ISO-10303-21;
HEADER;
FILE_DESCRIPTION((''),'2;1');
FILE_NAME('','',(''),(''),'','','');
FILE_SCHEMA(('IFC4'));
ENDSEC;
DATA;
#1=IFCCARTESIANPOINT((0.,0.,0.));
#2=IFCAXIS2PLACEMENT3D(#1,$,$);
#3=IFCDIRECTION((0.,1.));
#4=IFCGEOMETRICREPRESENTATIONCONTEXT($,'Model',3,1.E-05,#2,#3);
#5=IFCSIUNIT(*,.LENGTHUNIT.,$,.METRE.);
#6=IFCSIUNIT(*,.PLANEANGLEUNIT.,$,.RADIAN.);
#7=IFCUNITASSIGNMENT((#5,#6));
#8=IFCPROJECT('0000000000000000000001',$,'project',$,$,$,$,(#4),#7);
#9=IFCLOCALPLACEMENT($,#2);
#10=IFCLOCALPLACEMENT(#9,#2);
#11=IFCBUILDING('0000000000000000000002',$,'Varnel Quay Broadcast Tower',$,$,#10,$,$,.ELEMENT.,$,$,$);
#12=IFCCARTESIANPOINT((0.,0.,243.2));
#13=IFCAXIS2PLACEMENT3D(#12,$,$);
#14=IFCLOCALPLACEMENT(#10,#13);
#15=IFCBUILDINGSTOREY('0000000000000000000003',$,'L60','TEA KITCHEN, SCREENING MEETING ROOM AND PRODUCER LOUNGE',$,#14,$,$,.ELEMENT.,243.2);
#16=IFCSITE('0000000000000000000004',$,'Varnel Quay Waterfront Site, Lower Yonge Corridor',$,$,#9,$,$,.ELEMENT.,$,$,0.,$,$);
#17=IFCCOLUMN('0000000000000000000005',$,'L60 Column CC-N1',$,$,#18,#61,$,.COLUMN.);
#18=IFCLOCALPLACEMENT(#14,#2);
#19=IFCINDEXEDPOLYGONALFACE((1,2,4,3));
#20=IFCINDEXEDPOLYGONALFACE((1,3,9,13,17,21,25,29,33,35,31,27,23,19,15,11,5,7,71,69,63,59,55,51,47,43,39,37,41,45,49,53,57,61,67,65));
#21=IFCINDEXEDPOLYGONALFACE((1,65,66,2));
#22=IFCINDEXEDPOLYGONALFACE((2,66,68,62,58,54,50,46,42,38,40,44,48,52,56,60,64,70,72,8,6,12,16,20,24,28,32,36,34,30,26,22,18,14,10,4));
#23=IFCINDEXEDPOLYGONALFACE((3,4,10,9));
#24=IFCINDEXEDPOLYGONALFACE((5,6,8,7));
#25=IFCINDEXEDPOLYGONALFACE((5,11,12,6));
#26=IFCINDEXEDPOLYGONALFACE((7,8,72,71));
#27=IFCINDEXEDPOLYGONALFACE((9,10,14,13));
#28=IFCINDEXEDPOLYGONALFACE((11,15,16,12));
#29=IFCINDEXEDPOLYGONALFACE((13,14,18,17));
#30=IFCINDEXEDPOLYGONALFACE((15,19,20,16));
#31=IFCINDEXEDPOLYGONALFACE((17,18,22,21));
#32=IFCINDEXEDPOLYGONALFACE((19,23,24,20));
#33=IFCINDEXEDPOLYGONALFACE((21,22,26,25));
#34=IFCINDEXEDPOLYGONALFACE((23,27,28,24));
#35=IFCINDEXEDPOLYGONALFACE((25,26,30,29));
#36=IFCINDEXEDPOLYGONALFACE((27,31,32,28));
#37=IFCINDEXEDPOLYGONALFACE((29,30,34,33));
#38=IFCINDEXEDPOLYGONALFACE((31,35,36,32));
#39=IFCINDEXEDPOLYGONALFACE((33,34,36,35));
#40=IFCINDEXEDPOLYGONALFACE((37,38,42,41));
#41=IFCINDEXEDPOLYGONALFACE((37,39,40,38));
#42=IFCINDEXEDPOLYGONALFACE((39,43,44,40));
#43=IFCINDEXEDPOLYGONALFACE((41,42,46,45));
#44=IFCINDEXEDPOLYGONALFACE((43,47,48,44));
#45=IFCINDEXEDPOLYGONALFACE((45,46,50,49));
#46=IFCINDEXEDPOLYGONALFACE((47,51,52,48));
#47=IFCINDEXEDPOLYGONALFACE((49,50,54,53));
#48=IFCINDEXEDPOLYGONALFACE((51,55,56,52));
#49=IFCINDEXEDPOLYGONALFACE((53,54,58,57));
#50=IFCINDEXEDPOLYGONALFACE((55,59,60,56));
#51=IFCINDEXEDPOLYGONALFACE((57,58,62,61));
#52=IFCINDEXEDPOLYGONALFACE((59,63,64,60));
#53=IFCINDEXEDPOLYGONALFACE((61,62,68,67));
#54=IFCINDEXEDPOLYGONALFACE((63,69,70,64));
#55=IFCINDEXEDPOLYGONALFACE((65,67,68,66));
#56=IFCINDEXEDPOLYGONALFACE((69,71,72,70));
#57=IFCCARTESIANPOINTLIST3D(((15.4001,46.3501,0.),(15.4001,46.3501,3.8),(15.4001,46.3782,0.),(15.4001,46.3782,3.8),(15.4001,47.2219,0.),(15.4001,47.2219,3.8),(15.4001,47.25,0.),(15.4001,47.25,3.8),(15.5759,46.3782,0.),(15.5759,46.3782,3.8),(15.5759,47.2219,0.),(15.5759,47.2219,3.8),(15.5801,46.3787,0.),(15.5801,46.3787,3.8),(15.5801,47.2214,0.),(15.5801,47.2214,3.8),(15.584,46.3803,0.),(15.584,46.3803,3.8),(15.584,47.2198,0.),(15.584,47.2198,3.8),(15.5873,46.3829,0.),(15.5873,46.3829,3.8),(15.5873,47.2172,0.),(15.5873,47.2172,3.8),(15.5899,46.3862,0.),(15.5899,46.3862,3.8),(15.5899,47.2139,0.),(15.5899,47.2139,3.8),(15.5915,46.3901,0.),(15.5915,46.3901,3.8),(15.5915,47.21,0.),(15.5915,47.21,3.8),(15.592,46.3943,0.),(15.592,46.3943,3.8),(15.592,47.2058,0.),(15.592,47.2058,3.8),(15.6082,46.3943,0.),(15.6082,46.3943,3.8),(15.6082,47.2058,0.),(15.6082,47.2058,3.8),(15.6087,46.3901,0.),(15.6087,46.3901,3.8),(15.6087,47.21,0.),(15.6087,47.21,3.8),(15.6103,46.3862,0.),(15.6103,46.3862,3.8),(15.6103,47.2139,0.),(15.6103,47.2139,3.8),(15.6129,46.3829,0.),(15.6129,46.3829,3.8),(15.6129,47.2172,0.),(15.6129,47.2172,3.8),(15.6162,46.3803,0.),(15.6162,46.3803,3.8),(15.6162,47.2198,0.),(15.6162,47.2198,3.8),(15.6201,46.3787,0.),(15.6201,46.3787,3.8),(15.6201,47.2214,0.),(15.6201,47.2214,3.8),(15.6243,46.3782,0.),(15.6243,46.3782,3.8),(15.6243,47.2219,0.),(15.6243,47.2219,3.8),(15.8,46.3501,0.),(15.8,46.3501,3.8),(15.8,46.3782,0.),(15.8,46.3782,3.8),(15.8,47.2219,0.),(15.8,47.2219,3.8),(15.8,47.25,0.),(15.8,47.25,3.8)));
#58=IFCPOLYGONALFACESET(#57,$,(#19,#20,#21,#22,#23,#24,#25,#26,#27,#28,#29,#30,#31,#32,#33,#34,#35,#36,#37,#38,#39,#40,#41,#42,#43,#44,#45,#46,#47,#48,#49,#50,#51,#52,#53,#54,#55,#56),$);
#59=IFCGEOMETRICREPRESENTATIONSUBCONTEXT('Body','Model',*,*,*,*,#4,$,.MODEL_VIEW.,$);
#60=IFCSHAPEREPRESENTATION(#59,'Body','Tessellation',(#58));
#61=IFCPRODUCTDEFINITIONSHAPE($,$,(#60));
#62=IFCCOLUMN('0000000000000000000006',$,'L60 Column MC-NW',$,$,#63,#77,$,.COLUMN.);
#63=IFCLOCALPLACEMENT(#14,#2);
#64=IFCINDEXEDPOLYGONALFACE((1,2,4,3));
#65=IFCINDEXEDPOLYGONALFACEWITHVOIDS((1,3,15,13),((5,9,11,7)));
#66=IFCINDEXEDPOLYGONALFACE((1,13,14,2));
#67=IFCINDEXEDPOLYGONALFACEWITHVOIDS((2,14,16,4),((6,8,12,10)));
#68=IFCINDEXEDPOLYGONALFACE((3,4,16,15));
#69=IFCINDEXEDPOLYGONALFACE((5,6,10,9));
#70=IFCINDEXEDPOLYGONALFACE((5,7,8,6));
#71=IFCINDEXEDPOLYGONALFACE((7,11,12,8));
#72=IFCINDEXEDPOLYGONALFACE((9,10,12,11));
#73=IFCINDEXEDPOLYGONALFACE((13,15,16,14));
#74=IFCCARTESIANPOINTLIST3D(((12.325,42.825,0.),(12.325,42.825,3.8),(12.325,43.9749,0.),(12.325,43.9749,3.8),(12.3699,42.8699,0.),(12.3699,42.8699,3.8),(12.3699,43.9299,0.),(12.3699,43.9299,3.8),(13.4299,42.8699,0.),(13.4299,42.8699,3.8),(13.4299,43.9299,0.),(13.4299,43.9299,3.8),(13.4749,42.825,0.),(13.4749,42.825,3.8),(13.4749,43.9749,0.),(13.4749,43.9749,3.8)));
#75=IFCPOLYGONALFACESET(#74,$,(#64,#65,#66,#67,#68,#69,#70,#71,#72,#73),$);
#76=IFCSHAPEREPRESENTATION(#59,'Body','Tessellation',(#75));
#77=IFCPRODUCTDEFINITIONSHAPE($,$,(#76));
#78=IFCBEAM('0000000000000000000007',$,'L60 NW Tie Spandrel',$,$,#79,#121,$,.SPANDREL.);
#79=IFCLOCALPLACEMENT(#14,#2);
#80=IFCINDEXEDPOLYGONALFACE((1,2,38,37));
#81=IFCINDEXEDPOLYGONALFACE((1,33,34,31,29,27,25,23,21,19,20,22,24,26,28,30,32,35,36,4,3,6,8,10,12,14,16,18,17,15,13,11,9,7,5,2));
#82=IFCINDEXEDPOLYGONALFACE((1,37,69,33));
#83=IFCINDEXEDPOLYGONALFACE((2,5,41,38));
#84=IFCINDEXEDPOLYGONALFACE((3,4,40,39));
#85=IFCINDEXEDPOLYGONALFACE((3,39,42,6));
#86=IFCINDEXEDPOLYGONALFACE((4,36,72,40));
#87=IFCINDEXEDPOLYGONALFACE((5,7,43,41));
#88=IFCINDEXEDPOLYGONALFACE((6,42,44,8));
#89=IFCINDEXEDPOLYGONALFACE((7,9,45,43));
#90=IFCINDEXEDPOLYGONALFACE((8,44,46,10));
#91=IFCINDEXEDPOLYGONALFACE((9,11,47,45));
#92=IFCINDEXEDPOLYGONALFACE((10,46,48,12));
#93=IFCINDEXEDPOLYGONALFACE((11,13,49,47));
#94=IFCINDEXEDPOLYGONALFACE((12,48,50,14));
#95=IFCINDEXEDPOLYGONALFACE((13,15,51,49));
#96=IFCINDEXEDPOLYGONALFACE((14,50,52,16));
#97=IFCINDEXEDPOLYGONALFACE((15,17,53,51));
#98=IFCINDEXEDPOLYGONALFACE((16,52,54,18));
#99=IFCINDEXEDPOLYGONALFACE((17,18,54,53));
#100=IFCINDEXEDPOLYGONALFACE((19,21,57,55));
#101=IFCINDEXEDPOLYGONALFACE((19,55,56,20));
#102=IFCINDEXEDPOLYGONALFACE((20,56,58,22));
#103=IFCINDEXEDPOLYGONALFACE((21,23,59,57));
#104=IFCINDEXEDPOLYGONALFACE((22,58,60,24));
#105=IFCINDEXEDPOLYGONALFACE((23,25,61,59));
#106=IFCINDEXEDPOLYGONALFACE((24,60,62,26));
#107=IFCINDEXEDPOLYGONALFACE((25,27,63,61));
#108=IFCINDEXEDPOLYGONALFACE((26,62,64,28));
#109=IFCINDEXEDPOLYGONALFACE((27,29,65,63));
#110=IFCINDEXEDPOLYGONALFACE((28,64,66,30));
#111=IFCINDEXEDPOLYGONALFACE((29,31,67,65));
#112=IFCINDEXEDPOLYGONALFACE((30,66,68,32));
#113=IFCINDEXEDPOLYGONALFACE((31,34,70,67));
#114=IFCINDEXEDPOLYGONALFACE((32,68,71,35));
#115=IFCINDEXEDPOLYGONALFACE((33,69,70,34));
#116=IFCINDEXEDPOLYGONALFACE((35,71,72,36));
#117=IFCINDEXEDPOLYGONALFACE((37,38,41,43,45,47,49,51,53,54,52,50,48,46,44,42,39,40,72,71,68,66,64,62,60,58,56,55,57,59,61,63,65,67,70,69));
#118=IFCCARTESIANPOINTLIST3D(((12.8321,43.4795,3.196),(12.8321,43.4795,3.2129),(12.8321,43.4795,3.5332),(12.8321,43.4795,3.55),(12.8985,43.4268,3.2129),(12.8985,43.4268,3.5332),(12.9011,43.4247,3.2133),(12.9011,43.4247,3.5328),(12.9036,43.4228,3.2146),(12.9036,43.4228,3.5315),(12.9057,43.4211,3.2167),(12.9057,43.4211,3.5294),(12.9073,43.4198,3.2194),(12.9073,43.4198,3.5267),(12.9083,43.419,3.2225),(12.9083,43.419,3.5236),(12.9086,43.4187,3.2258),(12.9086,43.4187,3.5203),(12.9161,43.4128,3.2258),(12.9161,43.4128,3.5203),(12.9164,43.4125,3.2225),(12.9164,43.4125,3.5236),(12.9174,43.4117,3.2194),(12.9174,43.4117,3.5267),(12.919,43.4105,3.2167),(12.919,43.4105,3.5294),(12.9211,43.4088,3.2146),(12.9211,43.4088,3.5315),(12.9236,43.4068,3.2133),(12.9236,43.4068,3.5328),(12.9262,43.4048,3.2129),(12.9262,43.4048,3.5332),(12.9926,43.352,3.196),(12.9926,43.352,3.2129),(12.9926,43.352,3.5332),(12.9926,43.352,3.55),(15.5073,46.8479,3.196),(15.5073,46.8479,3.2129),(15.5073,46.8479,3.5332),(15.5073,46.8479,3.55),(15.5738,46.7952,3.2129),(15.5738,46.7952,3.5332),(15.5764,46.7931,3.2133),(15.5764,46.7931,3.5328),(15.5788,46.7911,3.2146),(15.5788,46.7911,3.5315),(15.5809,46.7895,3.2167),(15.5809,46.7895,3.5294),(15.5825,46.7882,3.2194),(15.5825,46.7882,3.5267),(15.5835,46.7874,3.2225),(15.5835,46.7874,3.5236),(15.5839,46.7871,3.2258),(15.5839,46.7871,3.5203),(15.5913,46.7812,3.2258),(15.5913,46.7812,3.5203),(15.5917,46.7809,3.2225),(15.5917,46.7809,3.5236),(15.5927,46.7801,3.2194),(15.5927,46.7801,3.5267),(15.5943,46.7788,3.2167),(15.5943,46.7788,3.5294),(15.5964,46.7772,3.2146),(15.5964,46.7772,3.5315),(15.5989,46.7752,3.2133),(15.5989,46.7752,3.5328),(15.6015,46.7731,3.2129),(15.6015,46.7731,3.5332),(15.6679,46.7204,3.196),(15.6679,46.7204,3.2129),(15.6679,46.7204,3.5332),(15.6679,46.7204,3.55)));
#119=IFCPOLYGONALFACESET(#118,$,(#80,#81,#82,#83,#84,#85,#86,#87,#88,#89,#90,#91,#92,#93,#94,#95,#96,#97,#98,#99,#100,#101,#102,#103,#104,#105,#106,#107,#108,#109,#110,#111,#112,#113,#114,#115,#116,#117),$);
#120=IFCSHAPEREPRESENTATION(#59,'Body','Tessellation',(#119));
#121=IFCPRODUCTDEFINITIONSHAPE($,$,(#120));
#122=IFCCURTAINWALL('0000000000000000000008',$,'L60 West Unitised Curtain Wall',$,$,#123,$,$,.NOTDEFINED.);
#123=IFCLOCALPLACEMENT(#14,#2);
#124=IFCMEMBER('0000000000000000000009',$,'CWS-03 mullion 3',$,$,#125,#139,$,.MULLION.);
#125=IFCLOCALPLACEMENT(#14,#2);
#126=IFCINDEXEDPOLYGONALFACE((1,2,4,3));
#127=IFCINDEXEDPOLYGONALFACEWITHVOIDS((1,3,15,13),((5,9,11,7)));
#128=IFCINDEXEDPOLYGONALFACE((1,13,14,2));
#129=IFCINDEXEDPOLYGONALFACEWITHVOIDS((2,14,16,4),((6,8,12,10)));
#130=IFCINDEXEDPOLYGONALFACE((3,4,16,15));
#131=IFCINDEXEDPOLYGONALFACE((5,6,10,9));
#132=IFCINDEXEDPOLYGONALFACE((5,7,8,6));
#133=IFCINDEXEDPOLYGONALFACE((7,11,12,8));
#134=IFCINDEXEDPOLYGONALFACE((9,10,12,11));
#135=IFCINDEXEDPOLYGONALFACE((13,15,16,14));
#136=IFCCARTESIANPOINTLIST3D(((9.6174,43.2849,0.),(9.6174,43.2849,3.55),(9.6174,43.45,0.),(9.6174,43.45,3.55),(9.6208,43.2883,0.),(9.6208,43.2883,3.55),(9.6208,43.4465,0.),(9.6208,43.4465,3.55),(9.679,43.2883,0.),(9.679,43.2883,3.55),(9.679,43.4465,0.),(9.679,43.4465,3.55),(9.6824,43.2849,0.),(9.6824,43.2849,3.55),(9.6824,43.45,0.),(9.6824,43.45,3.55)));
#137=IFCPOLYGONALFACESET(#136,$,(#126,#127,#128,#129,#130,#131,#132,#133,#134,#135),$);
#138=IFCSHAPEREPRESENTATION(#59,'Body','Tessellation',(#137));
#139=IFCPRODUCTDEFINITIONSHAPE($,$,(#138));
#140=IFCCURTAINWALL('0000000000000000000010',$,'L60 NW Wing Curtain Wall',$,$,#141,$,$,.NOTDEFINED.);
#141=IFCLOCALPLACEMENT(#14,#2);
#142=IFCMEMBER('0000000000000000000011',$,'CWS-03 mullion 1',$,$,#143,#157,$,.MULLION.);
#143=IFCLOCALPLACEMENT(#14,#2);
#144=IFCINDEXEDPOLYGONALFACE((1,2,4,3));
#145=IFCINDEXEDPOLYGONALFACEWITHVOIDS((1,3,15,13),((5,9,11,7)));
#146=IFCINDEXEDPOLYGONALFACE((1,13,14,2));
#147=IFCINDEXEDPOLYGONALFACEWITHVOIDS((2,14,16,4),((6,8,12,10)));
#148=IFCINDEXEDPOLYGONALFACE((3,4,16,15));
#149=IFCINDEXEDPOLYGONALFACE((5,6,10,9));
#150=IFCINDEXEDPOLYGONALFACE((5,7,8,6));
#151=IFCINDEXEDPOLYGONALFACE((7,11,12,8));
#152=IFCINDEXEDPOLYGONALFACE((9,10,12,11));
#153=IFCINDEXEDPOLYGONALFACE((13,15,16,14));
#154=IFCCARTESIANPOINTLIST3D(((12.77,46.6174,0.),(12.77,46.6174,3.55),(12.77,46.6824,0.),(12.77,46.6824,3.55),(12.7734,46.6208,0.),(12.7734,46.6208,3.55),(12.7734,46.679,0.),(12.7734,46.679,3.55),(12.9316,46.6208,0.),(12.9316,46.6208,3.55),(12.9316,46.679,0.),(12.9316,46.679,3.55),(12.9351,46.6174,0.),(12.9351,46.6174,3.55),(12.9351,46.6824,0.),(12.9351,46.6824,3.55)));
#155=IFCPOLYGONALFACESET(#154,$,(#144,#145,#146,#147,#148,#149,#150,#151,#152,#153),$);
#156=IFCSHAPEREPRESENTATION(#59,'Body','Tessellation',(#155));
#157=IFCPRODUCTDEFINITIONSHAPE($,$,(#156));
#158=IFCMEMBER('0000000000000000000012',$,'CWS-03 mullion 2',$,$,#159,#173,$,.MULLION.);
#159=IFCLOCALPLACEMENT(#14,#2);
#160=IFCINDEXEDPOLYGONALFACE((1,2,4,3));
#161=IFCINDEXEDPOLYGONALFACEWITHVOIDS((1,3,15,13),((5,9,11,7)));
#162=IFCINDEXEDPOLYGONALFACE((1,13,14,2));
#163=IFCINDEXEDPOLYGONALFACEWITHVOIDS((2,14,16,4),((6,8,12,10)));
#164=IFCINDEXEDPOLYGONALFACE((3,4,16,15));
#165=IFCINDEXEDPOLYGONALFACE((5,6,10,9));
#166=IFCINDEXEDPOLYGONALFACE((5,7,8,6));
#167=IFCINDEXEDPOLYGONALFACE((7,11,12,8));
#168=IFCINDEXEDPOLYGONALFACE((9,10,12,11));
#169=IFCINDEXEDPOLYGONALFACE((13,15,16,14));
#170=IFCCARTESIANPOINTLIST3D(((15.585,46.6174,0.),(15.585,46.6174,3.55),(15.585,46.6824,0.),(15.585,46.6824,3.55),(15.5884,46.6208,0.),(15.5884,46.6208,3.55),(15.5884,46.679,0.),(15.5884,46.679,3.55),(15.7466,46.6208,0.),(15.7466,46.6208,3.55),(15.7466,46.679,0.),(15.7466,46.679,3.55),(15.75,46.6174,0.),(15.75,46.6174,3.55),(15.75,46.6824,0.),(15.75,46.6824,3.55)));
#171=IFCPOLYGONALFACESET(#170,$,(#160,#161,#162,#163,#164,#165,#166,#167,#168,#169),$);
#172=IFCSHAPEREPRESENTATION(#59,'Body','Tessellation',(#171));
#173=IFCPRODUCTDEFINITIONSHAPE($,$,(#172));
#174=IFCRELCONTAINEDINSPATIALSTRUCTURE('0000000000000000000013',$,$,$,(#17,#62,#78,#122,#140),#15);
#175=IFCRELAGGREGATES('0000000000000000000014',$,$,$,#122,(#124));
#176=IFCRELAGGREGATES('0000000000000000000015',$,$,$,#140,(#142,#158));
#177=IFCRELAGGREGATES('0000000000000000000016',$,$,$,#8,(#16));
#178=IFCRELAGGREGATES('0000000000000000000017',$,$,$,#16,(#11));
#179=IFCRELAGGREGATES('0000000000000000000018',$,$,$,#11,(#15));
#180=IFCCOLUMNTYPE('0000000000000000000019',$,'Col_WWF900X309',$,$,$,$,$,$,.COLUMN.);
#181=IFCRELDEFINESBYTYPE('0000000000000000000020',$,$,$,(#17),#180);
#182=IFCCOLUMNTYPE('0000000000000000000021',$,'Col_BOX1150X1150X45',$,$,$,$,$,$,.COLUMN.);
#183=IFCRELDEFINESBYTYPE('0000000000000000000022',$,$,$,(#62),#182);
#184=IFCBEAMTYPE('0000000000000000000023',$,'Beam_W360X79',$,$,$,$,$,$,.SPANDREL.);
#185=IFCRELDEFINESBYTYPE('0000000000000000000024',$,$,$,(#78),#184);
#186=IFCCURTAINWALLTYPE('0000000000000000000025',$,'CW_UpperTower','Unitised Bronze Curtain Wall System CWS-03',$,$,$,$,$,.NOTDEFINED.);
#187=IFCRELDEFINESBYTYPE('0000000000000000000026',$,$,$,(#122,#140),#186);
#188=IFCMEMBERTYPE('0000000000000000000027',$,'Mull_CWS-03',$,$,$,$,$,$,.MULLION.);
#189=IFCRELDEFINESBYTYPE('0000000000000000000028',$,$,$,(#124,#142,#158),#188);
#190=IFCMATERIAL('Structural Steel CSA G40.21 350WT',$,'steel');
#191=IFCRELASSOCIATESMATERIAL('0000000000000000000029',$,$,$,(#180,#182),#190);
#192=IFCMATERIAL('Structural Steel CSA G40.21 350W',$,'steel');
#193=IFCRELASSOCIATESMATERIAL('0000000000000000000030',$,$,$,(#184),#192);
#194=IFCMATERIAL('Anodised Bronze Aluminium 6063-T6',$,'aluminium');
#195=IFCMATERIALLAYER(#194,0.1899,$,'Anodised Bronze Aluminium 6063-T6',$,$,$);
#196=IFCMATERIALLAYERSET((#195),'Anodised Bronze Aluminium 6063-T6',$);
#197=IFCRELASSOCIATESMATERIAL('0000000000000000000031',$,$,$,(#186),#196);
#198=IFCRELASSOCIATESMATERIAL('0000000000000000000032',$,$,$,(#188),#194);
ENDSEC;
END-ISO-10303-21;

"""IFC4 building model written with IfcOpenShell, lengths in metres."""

from ifc_helpers import new_model, si_unit, direction, frame, origin, origin_2d, place, context, subcontext, project, spatial, hollow_rectangle, i_section, extrude, source, transform, mapped, material, layer, layer_set, material_profile, profile_set, type_object, type_shapes, element, aggregate, save


model = new_model("IFC4")

# Units and contexts
model_context = context("Model", 3, precision=1e-05, world=origin(), true_north=direction((0.0, 1.0)))
body_context = subcontext(model_context, "Body", "Model", "MODEL_VIEW")
ifc_project = project(units=[si_unit("LENGTHUNIT", "METRE"), si_unit("PLANEANGLEUNIT", "RADIAN")], contexts=[model_context])

# Site, building, storey
site_placement = place(None, origin())
site = spatial("IfcSite", under=ifc_project, at=site_placement, Name="Varnel Quay Waterfront Site, Lower Yonge Corridor", CompositionType="ELEMENT", RefElevation=0.0)
building_placement = place(site_placement, origin())
building = spatial("IfcBuilding", under=site, at=building_placement, Name="Varnel Quay Broadcast Tower", CompositionType="ELEMENT")
storey_placement = place(building_placement, frame((0.0, 0.0, 243.2)))
storey = spatial("IfcBuildingStorey", under=building, at=storey_placement, Name="L60", Description="TEA KITCHEN, SCREENING MEETING ROOM AND PRODUCER LOUNGE", CompositionType="ELEMENT", Elevation=243.2)

# Columns
ifc_material_1 = material(Name="Structural Steel CSA G40.21 350WT", Category="steel")
ifc_material_profile_1 = material_profile(ifc_material_1, i_section(OverallWidth=0.3999, OverallDepth=0.8999, WebThickness=0.0161, FlangeThickness=0.0281, FilletRadius=0.0161, at=origin_2d()), Name="WWF900X309")
ifc_profile_set_1 = profile_set([ifc_material_profile_1], Name="Structural Steel CSA G40.21 350WT")
column_type_1 = type_object("IfcColumnType", Name="Col_WWF900X309", PredefinedType="COLUMN", material=ifc_profile_set_1)
shared_shape_1 = source(origin(), body_context, "Body", "SweptSolid", [
    extrude(i_section(OverallWidth=0.3999, OverallDepth=0.8999, WebThickness=0.0161, FlangeThickness=0.0281, FilletRadius=0.0161, at=origin_2d()), origin(), (0.0, 0.0, 1.0), 3.8),
])
type_shapes(column_type_1, [shared_shape_1])
column_1_placement = place(storey_placement, frame((15.6001, 46.8, 0.0), z_axis=(0.0, 0.0, 1.0), x_axis=(1.0, 0.0, 0.0)))
element("IfcColumn", 1, at=column_1_placement, inside=storey, type_object=column_type_1, Name="L60 Column CC-N1", PredefinedType="COLUMN", context=body_context, shape_type="MappedRepresentation", body=[
    mapped(shared_shape_1, transform((0.0, 0.0, 0.0), x_axis=(1.0, 0.0, 0.0), y_axis=(0.0, 1.0, 0.0), z_axis=(0.0, 0.0, 1.0), scale=1.0)),
])
ifc_material_profile_2 = material_profile(ifc_material_1, hollow_rectangle(XDim=1.1499, YDim=1.1499, WallThickness=0.0449, at=origin_2d()), Name="BOX1150X1150X45")
ifc_profile_set_2 = profile_set([ifc_material_profile_2], Name="Structural Steel CSA G40.21 350WT")
column_type_2 = type_object("IfcColumnType", Name="Col_BOX1150X1150X45", PredefinedType="COLUMN", material=ifc_profile_set_2)
shared_shape_2 = source(origin(), body_context, "Body", "SweptSolid", [
    extrude(hollow_rectangle(XDim=1.1499, YDim=1.1499, WallThickness=0.0449, at=origin_2d()), origin(), (0.0, 0.0, 1.0), 3.8),
])
type_shapes(column_type_2, [shared_shape_2])
column_2_placement = place(storey_placement, frame((12.8999, 43.3999, 0.0), z_axis=(0.0, 0.0, 1.0), x_axis=(1.0, 0.0, 0.0)))
element("IfcColumn", 2, at=column_2_placement, inside=storey, type_object=column_type_2, Name="L60 Column MC-NW", PredefinedType="COLUMN", context=body_context, shape_type="MappedRepresentation", body=[
    mapped(shared_shape_2, transform((0.0, 0.0, 0.0), x_axis=(1.0, 0.0, 0.0), y_axis=(0.0, 1.0, 0.0), z_axis=(0.0, 0.0, 1.0), scale=1.0)),
])

# Beam
ifc_material_2 = material(Name="Structural Steel CSA G40.21 350W", Category="steel")
ifc_material_profile_3 = material_profile(ifc_material_2, i_section(OverallWidth=0.2051, OverallDepth=0.354, WebThickness=0.0095, FlangeThickness=0.0168, FilletRadius=0.0129, at=origin_2d()), Name="W360X79")
ifc_profile_set_3 = profile_set([ifc_material_profile_3], Name="Structural Steel CSA G40.21 350W")
beam_type = type_object("IfcBeamType", Name="Beam_W360X79", PredefinedType="SPANDREL", material=ifc_profile_set_3)
shared_shape_3 = source(origin(), body_context, "Body", "SweptSolid", [
    extrude(i_section(OverallWidth=0.2051, OverallDepth=0.354, WebThickness=0.0095, FlangeThickness=0.0168, FilletRadius=0.0129, at=origin_2d()), origin(), (0.0, 0.0, 1.0), 4.3015),
])
type_shapes(beam_type, [shared_shape_3])
beam_placement = place(storey_placement, frame((12.9124, 43.4158, 3.373), z_axis=(0.621936, 0.783068, 0.0), x_axis=(-0.783068, 0.621936, 0.0)))
element("IfcBeam", 3, at=beam_placement, inside=storey, type_object=beam_type, Name="L60 NW Tie Spandrel", PredefinedType="SPANDREL", context=body_context, shape_type="MappedRepresentation", body=[
    mapped(shared_shape_3, transform((0.0, 0.0, 0.0), x_axis=(1.0, 0.0, 0.0), y_axis=(0.0, 1.0, 0.0), z_axis=(0.0, 0.0, 1.0), scale=1.0)),
])

# Curtain wall, member
ifc_material_3 = material(Name="Anodised Bronze Aluminium 6063-T6", Category="aluminium")
ifc_layer_1 = layer(ifc_material_3, 0.1899, Name="Anodised Bronze Aluminium 6063-T6")
ifc_layer_set_1 = layer_set([ifc_layer_1], Name="Anodised Bronze Aluminium 6063-T6")
curtain_wall_type = type_object("IfcCurtainWallType", Name="CW_UpperTower", Description="Unitised Bronze Curtain Wall System CWS-03", PredefinedType="NOTDEFINED", material=ifc_layer_set_1)
curtain_wall_1_placement = place(storey_placement, origin())
curtain_wall_1 = element("IfcCurtainWall", 4, at=curtain_wall_1_placement, inside=storey, type_object=curtain_wall_type, Name="L60 West Unitised Curtain Wall", PredefinedType="NOTDEFINED")
ifc_material_profile_4 = material_profile(ifc_material_3, hollow_rectangle(XDim=0.0649, YDim=0.165, WallThickness=0.0034, at=origin_2d()), Name="ALU65X165X3.5")
ifc_profile_set_4 = profile_set([ifc_material_profile_4], Name="Anodised Bronze Aluminium 6063-T6")
member_type_1 = type_object("IfcMemberType", Name="Mull_CWS-03", PredefinedType="MULLION", material=ifc_profile_set_4)
shared_shape_4 = source(origin(), body_context, "Body", "SweptSolid", [
    extrude(hollow_rectangle(XDim=0.0649, YDim=0.165, WallThickness=0.0034, at=origin_2d()), origin(), (0.0, 0.0, 1.0), 3.55),
])
type_shapes(member_type_1, [shared_shape_4])
member_1_placement = place(storey_placement, frame((9.6499, 43.3674, 0.0), z_axis=(0.0, 0.0, 1.0), x_axis=(-1.0, 0.0, 0.0)))
member_1 = element("IfcMember", 5, at=member_1_placement, type_object=member_type_1, Name="CWS-03 mullion 3", PredefinedType="MULLION", context=body_context, shape_type="MappedRepresentation", body=[
    mapped(shared_shape_4, transform((0.0, 0.0, 0.0), x_axis=(1.0, 0.0, 0.0), y_axis=(0.0, 1.0, 0.0), z_axis=(0.0, 0.0, 1.0), scale=1.0)),
])
aggregate(curtain_wall_1, [member_1])

# Curtain wall, members
curtain_wall_2_placement = place(storey_placement, origin())
curtain_wall_2 = element("IfcCurtainWall", 6, at=curtain_wall_2_placement, inside=storey, type_object=curtain_wall_type, Name="L60 NW Wing Curtain Wall", PredefinedType="NOTDEFINED")
member_2_placement = place(storey_placement, frame((12.8525, 46.6499, 0.0), z_axis=(0.0, 0.0, 1.0), x_axis=(0.0, 1.0, 0.0)))
member_2 = element("IfcMember", 7, at=member_2_placement, type_object=member_type_1, Name="CWS-03 mullion 1", PredefinedType="MULLION", context=body_context, shape_type="MappedRepresentation", body=[
    mapped(shared_shape_4, transform((0.0, 0.0, 0.0), x_axis=(1.0, 0.0, 0.0), y_axis=(0.0, 1.0, 0.0), z_axis=(0.0, 0.0, 1.0), scale=1.0)),
])
member_3_placement = place(storey_placement, frame((15.6675, 46.6499, 0.0), z_axis=(0.0, 0.0, 1.0), x_axis=(0.0, 1.0, 0.0)))
member_3 = element("IfcMember", 8, at=member_3_placement, type_object=member_type_1, Name="CWS-03 mullion 2", PredefinedType="MULLION", context=body_context, shape_type="MappedRepresentation", body=[
    mapped(shared_shape_4, transform((0.0, 0.0, 0.0), x_axis=(1.0, 0.0, 0.0), y_axis=(0.0, 1.0, 0.0), z_axis=(0.0, 0.0, 1.0), scale=1.0)),
])
aggregate(curtain_wall_2, [member_2, member_3])

save(model, "model.ifc")
